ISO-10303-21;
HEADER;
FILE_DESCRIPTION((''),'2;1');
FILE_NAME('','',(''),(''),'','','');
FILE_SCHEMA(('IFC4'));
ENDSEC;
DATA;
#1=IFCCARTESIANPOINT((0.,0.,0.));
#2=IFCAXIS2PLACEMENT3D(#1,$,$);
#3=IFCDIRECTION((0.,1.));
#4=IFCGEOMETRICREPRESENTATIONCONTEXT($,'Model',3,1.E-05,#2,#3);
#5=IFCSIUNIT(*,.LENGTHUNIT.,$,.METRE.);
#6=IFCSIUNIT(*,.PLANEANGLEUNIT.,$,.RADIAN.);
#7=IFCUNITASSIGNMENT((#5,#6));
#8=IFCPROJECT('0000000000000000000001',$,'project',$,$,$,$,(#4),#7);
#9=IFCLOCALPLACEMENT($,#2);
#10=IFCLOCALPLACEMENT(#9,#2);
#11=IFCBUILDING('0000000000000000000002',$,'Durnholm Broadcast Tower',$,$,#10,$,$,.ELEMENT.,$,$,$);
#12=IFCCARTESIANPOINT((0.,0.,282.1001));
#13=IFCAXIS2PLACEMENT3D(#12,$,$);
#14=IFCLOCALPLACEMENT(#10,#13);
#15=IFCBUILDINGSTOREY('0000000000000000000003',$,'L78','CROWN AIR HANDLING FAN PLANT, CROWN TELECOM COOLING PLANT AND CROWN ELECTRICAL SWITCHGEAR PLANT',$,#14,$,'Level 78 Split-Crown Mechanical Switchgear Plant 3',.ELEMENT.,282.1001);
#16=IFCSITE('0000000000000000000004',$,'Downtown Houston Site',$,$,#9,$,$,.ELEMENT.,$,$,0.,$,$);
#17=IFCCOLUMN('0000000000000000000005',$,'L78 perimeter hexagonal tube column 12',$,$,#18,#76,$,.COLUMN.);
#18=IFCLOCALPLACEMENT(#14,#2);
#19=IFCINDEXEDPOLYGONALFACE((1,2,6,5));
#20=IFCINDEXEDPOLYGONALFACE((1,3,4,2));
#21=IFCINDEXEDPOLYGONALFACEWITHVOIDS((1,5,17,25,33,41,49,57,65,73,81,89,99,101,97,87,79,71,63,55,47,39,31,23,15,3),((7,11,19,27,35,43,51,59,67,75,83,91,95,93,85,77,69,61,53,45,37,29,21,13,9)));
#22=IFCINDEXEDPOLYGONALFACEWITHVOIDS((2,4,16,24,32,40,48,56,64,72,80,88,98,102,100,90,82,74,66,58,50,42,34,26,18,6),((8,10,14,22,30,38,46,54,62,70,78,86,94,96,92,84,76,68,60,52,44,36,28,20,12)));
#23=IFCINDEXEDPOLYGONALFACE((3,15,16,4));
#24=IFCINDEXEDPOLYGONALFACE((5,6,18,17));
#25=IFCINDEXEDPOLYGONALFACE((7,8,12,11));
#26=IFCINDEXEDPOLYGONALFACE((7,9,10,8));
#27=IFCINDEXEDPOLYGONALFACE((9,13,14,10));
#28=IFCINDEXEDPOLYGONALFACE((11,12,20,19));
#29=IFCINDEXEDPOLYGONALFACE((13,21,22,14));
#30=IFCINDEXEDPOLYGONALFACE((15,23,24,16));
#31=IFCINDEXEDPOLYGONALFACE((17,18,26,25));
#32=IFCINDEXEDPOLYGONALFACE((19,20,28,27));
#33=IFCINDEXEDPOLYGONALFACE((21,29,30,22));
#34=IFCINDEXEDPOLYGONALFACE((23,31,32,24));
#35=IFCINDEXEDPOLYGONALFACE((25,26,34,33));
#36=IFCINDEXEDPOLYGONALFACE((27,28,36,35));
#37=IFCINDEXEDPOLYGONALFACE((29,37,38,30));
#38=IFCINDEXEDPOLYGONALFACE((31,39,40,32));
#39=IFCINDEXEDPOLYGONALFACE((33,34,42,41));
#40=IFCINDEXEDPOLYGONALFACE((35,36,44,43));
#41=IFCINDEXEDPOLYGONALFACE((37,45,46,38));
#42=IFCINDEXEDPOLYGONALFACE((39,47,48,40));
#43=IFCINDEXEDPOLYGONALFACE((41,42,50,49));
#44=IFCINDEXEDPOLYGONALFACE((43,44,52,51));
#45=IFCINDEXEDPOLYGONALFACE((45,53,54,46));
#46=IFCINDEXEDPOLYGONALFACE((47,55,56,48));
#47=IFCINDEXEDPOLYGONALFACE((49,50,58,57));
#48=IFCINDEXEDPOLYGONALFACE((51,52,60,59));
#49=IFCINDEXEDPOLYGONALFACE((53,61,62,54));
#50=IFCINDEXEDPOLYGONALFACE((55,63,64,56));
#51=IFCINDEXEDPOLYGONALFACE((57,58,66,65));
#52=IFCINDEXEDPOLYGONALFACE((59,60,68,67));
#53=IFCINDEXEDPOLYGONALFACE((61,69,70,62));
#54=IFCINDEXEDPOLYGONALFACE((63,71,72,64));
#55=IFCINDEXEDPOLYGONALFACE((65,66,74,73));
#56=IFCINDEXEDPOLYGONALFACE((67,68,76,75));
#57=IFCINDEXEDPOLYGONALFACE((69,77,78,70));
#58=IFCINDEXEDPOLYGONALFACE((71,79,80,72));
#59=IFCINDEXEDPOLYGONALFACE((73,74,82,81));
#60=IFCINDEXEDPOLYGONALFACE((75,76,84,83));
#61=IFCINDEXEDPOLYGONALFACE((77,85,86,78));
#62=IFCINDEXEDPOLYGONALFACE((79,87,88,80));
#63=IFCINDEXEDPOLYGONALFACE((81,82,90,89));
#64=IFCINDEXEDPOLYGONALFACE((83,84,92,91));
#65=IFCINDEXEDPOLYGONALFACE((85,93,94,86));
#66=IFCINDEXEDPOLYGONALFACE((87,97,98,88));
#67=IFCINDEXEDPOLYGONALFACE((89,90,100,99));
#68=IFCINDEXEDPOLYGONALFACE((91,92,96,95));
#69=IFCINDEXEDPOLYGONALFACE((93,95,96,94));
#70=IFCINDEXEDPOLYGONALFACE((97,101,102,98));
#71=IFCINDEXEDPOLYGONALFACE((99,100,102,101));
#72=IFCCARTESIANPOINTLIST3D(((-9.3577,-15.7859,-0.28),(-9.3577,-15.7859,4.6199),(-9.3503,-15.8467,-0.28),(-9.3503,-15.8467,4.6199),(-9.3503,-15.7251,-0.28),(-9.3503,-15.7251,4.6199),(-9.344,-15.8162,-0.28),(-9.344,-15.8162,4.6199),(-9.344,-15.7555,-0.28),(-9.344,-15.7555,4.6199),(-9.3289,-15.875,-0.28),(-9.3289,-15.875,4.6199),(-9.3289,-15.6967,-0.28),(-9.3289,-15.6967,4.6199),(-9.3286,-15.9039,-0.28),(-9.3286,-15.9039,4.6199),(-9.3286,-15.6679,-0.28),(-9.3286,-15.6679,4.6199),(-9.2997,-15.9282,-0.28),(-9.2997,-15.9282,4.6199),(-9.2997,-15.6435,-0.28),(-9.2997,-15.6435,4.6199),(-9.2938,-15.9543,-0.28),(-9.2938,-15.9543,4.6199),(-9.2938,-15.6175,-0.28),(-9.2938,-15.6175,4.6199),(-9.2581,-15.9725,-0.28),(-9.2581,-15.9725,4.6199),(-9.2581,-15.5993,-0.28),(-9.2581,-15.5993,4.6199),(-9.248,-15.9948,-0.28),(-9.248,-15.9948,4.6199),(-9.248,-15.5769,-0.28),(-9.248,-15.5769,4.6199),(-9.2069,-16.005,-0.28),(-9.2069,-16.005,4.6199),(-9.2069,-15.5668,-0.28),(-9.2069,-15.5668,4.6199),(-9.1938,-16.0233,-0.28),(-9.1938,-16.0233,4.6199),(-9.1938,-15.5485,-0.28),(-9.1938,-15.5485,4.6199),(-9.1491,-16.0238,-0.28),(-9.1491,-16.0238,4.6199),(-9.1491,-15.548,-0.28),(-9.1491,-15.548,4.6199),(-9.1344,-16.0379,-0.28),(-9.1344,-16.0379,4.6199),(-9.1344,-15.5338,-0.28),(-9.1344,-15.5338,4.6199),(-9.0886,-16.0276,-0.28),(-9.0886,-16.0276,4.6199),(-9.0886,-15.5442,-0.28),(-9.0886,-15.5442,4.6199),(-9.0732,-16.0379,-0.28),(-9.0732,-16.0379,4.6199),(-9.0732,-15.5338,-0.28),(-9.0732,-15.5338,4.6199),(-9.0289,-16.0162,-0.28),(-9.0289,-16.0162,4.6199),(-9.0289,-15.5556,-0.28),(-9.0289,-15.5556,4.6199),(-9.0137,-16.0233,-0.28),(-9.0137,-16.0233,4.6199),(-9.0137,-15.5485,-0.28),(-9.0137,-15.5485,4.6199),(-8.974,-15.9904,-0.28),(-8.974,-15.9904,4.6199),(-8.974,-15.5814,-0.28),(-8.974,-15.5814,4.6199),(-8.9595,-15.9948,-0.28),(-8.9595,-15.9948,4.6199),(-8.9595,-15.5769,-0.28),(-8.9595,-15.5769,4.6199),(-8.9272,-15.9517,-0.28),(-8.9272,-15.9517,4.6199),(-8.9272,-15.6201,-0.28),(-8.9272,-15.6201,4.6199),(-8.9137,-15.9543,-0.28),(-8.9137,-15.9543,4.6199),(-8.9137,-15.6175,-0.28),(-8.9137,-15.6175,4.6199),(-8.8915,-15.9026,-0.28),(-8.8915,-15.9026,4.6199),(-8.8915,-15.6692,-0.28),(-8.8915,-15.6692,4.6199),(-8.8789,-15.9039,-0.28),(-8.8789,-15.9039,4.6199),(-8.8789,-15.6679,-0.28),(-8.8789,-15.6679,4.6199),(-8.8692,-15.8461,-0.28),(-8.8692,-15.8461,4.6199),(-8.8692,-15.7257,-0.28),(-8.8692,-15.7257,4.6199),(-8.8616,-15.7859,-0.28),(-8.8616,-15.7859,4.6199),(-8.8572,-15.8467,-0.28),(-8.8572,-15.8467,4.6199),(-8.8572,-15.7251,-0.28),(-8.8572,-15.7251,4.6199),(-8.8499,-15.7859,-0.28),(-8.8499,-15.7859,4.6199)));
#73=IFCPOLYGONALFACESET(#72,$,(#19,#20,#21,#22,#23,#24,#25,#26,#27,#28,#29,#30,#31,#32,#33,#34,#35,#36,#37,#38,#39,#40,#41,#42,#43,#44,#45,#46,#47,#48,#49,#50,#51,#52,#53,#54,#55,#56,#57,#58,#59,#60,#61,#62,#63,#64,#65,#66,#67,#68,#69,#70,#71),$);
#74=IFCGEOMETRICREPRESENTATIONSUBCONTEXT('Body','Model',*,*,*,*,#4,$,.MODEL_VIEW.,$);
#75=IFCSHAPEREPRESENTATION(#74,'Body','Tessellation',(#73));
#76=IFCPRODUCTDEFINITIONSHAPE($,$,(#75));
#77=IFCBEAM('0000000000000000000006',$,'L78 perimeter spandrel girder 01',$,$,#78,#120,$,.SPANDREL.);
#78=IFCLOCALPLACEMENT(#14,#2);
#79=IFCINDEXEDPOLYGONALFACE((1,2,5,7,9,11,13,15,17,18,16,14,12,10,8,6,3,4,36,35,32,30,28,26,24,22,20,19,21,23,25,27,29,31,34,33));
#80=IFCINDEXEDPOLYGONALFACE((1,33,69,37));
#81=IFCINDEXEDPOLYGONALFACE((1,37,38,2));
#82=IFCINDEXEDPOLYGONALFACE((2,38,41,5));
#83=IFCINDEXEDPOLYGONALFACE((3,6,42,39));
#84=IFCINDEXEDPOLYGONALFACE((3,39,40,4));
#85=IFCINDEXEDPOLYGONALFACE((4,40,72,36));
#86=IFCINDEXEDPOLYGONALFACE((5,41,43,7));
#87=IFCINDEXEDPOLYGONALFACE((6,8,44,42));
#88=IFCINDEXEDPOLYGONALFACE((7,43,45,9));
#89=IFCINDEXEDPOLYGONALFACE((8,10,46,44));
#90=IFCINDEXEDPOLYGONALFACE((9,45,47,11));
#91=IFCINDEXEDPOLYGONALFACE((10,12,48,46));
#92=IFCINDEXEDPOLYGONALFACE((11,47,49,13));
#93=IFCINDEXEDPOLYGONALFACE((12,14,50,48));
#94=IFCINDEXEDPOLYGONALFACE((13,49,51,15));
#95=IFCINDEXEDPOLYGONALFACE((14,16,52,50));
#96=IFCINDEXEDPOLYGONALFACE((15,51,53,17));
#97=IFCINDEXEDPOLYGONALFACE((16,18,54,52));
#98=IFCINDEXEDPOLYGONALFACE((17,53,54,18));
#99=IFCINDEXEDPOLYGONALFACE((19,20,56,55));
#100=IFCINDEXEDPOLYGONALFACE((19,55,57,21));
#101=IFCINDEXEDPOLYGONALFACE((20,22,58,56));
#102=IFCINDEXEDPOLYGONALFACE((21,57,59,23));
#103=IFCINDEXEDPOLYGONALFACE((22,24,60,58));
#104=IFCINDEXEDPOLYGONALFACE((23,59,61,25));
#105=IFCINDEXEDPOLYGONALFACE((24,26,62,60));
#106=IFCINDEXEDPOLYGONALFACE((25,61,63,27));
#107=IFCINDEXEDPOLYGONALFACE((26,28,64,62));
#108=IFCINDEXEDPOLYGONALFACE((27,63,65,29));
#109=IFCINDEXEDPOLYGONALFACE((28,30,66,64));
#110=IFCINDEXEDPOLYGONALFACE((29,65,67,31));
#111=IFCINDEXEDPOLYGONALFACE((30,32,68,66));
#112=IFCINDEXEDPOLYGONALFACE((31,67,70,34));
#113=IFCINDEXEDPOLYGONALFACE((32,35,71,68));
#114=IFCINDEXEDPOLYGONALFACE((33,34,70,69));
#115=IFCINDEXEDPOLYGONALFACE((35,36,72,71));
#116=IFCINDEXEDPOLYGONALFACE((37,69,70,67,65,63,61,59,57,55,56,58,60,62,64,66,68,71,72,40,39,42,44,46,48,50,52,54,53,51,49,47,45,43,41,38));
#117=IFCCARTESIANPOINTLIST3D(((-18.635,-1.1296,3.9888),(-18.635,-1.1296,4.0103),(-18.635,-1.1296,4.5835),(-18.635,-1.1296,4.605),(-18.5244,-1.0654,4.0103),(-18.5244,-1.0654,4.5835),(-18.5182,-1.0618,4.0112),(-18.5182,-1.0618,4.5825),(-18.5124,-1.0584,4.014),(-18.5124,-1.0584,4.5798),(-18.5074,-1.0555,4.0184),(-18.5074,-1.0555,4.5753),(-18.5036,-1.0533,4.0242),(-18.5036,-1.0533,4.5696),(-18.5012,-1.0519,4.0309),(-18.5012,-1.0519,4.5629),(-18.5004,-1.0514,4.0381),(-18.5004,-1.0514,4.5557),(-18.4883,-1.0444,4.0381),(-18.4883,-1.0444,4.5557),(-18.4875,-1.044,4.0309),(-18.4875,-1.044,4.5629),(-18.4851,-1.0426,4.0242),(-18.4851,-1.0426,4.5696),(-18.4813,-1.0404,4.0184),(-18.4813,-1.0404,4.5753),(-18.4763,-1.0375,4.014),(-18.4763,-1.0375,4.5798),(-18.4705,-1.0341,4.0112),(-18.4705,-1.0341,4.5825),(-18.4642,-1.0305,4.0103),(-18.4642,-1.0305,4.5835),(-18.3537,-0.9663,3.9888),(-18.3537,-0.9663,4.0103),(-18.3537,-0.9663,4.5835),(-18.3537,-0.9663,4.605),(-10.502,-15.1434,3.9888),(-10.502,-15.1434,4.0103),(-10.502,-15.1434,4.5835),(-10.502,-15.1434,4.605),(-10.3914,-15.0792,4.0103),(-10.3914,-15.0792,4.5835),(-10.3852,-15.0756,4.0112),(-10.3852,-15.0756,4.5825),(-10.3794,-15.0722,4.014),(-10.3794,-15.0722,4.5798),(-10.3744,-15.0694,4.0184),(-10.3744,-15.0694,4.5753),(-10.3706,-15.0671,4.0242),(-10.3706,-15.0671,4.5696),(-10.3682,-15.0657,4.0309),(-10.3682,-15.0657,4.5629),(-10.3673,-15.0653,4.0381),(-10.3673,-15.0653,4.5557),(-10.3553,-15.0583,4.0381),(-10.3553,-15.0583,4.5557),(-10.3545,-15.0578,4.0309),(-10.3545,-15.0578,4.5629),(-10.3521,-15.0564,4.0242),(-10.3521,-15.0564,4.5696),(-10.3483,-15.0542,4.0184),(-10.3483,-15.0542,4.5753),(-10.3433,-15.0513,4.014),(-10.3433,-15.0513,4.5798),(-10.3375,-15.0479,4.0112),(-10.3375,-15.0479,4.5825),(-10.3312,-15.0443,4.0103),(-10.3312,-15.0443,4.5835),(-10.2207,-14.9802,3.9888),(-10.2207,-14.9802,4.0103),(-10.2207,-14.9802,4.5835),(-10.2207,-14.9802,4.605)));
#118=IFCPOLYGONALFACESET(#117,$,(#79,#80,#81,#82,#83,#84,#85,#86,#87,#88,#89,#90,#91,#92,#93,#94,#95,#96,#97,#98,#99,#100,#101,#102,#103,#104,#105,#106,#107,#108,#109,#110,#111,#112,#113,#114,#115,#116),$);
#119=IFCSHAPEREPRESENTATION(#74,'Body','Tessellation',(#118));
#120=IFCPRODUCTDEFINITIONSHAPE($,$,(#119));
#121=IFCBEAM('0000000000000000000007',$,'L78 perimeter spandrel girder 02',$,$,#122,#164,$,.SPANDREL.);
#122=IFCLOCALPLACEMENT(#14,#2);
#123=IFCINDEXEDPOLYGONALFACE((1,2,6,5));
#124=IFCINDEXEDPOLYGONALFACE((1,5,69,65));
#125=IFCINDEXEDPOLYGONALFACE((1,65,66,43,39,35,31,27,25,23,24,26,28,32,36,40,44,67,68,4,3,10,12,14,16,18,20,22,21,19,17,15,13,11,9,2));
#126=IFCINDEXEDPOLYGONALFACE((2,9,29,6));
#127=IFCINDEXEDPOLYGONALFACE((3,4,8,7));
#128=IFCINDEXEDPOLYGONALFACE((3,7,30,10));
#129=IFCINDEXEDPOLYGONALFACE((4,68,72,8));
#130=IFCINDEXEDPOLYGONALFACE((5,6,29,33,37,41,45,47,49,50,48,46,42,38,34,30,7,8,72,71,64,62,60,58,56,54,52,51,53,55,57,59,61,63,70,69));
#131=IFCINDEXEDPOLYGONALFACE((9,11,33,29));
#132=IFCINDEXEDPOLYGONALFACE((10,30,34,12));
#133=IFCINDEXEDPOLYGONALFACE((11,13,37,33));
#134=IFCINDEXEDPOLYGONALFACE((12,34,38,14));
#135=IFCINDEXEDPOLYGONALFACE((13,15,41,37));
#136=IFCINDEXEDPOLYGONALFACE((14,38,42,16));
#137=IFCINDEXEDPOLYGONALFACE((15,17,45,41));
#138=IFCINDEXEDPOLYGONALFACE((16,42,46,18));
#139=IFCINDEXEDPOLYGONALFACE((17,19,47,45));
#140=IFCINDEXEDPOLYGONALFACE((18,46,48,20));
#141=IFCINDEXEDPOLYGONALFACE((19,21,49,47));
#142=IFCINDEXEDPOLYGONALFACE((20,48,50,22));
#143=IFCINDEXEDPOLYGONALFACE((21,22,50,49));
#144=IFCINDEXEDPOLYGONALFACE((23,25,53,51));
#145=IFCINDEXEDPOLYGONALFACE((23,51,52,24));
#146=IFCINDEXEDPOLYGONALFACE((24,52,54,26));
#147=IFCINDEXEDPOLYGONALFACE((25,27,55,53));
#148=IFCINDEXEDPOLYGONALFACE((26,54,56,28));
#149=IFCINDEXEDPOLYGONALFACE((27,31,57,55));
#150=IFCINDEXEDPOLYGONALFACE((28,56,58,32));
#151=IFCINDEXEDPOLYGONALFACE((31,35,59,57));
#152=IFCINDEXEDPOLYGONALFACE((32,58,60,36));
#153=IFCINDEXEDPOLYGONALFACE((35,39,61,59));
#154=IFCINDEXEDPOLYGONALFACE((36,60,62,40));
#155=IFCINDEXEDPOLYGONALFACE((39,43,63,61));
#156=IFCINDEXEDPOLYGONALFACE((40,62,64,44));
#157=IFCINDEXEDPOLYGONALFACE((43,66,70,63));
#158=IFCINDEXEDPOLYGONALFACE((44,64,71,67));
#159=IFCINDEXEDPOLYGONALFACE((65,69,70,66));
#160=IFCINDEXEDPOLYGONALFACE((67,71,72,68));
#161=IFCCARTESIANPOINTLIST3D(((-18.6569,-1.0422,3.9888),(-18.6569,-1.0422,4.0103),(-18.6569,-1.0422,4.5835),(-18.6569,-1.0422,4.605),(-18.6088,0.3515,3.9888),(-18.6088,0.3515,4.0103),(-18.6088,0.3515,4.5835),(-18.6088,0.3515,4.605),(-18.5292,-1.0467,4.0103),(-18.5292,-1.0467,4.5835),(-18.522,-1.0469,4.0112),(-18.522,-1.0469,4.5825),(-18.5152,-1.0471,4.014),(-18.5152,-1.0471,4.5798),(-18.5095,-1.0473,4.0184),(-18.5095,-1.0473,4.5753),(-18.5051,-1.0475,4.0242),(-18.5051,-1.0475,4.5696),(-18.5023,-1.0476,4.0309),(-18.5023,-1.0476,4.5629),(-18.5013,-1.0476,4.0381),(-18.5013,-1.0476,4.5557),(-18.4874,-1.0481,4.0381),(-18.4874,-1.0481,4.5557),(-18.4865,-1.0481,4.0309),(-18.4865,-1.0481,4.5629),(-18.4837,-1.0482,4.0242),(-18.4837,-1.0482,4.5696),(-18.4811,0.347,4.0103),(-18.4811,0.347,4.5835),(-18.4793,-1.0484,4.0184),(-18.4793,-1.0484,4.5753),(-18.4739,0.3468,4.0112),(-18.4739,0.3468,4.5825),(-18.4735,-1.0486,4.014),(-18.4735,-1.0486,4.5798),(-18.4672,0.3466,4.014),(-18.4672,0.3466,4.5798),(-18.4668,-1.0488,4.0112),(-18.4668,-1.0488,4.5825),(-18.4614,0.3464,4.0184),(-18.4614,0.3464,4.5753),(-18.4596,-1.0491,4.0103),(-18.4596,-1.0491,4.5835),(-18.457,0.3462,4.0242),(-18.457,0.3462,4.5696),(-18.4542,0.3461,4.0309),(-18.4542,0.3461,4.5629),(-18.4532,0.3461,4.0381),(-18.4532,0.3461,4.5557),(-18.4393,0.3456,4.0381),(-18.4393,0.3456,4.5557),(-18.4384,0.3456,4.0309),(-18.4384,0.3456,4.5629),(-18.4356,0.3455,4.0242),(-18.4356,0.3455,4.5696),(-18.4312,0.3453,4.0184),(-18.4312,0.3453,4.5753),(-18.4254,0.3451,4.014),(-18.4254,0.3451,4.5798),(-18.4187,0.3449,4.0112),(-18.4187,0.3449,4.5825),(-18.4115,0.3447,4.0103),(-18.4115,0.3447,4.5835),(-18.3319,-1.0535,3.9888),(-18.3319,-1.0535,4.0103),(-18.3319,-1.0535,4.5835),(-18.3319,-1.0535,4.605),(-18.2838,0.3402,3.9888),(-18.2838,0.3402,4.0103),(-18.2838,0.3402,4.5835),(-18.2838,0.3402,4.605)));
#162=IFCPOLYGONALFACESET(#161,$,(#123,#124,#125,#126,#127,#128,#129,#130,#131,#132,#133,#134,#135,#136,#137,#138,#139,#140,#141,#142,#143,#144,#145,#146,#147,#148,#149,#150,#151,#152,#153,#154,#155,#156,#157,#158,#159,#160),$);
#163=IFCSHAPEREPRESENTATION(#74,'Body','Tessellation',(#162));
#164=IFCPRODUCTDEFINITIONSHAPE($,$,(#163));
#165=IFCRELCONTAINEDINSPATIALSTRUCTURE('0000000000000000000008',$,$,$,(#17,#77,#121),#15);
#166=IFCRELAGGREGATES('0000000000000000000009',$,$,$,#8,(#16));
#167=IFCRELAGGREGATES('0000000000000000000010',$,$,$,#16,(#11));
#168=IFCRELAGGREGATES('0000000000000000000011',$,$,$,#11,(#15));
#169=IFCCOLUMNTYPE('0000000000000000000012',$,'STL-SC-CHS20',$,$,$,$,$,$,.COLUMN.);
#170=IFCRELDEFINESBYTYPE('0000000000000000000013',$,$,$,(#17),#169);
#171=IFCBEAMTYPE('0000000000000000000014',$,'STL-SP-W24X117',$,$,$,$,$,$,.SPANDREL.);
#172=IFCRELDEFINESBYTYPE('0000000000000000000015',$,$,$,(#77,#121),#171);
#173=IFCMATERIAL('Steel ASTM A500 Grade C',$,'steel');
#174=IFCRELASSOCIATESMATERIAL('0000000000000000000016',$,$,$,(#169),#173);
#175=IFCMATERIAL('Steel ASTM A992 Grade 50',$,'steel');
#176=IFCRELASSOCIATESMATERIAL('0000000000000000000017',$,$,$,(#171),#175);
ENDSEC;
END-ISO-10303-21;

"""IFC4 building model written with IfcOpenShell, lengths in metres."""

from ifc_helpers import new_model, si_unit, direction, frame, origin, origin_2d, place, context, subcontext, project, spatial, hollow_circle, i_section, extrude, source, transform, mapped, material, material_profile, profile_set, type_object, type_shapes, element, save


model = new_model("IFC4")

# Units and contexts
model_context = context("Model", 3, precision=1e-05, world=origin(), true_north=direction((0.0, 1.0)))
body_context = subcontext(model_context, "Body", "Model", "MODEL_VIEW")
ifc_project = project(units=[si_unit("LENGTHUNIT", "METRE"), si_unit("PLANEANGLEUNIT", "RADIAN")], contexts=[model_context])

# Site, building, storey
site_placement = place(None, origin())
site = spatial("IfcSite", under=ifc_project, at=site_placement, Name="Downtown Houston Site", CompositionType="ELEMENT", RefElevation=0.0)
building_placement = place(site_placement, origin())
building = spatial("IfcBuilding", under=site, at=building_placement, Name="Durnholm Broadcast Tower", CompositionType="ELEMENT")
storey_placement = place(building_placement, frame((0.0, 0.0, 282.1001)))
storey = spatial("IfcBuildingStorey", under=building, at=storey_placement, Name="L78", Description="CROWN AIR HANDLING FAN PLANT, CROWN TELECOM COOLING PLANT AND CROWN ELECTRICAL SWITCHGEAR PLANT", LongName="Level 78 Split-Crown Mechanical Switchgear Plant 3", CompositionType="ELEMENT", Elevation=282.1001)

# Column
ifc_material_1 = material(Name="Steel ASTM A500 Grade C", Category="steel")
ifc_material_profile_1 = material_profile(ifc_material_1, hollow_circle(Radius=0.2539, WallThickness=0.0117, at=origin_2d()), Name="HSS20.000X0.500")
ifc_profile_set_1 = profile_set([ifc_material_profile_1], Name="Steel ASTM A500 Grade C")
column_type_1 = type_object("IfcColumnType", Name="STL-SC-CHS20", PredefinedType="COLUMN", material=ifc_profile_set_1)
shared_shape_1 = source(origin(), body_context, "Body", "SweptSolid", [
    extrude(hollow_circle(Radius=0.2539, WallThickness=0.0117, at=origin_2d()), origin(), (0.0, 0.0, 1.0), 4.8999),
])
type_shapes(column_type_1, [shared_shape_1])
for number, where, z_axis, x_axis, name in (
    (1, (-9.1038, -15.7859, -0.28), (0.0, 0.0, 1.0), (1.0, 0.0, 0.0), "L78 perimeter hexagonal tube column 12"),
):
    element("IfcColumn", number, at=place(storey_placement, frame(where, z_axis=z_axis, x_axis=x_axis)), inside=storey, type_object=column_type_1, Name=name, PredefinedType="COLUMN", context=body_context, shape_type="MappedRepresentation", body=[
        mapped(shared_shape_1, transform((0.0, 0.0, 0.0), x_axis=(1.0, 0.0, 0.0), y_axis=(0.0, 1.0, 0.0), z_axis=(0.0, 0.0, 1.0), scale=1.0)),
    ])

# Beams
ifc_material_2 = material(Name="Steel ASTM A992 Grade 50", Category="steel")
ifc_material_profile_2 = material_profile(ifc_material_2, i_section(OverallWidth=0.3252, OverallDepth=0.6162, WebThickness=0.0139, FlangeThickness=0.0215, FilletRadius=0.0278, at=origin_2d()), Name="W24X117")
ifc_profile_set_2 = profile_set([ifc_material_profile_2], Name="Steel ASTM A992 Grade 50")
beam_type_1 = type_object("IfcBeamType", Name="STL-SP-W24X117", PredefinedType="SPANDREL", material=ifc_profile_set_2)
shared_shape_2 = source(origin(), body_context, "Body", "SweptSolid", [
    extrude(i_section(OverallWidth=0.3252, OverallDepth=0.6162, WebThickness=0.0139, FlangeThickness=0.0215, FilletRadius=0.0278, at=origin_2d()), origin(), (0.0, 0.0, 1.0), 16.2029),
])
beam_1_placement = place(storey_placement, frame((-10.3613, -15.0618, 4.2969), z_axis=(-0.501948, 0.864898, 0.0), x_axis=(-0.864898, -0.501948, 0.0)))
element("IfcBeam", 2, at=beam_1_placement, inside=storey, type_object=beam_type_1, Name="L78 perimeter spandrel girder 01", PredefinedType="SPANDREL", context=body_context, shape_type="MappedRepresentation", body=[
    mapped(shared_shape_2, transform((0.0, 0.0, 0.0), x_axis=(1.0, 0.0, 0.0), y_axis=(0.0, 1.0, 0.0), z_axis=(0.0, 0.0, 1.0), scale=1.0)),
])
shared_shape_3 = source(origin(), body_context, "Body", "SweptSolid", [
    extrude(i_section(OverallWidth=0.3252, OverallDepth=0.6162, WebThickness=0.0139, FlangeThickness=0.0215, FilletRadius=0.0278, at=origin_2d()), origin(), (0.0, 0.0, 1.0), 1.3945),
])
type_shapes(beam_type_1, [shared_shape_2, shared_shape_3])
beam_2_placement = place(storey_placement, frame((-18.4944, -1.0479, 4.2969), z_axis=(0.034486, 0.999405, 0.0), x_axis=(-0.999405, 0.034486, 0.0)))
element("IfcBeam", 3, at=beam_2_placement, inside=storey, type_object=beam_type_1, Name="L78 perimeter spandrel girder 02", PredefinedType="SPANDREL", context=body_context, shape_type="MappedRepresentation", body=[
    mapped(shared_shape_3, transform((0.0, 0.0, 0.0), x_axis=(1.0, 0.0, 0.0), y_axis=(0.0, 1.0, 0.0), z_axis=(0.0, 0.0, 1.0), scale=1.0)),
])

save(model, "model.ifc")
